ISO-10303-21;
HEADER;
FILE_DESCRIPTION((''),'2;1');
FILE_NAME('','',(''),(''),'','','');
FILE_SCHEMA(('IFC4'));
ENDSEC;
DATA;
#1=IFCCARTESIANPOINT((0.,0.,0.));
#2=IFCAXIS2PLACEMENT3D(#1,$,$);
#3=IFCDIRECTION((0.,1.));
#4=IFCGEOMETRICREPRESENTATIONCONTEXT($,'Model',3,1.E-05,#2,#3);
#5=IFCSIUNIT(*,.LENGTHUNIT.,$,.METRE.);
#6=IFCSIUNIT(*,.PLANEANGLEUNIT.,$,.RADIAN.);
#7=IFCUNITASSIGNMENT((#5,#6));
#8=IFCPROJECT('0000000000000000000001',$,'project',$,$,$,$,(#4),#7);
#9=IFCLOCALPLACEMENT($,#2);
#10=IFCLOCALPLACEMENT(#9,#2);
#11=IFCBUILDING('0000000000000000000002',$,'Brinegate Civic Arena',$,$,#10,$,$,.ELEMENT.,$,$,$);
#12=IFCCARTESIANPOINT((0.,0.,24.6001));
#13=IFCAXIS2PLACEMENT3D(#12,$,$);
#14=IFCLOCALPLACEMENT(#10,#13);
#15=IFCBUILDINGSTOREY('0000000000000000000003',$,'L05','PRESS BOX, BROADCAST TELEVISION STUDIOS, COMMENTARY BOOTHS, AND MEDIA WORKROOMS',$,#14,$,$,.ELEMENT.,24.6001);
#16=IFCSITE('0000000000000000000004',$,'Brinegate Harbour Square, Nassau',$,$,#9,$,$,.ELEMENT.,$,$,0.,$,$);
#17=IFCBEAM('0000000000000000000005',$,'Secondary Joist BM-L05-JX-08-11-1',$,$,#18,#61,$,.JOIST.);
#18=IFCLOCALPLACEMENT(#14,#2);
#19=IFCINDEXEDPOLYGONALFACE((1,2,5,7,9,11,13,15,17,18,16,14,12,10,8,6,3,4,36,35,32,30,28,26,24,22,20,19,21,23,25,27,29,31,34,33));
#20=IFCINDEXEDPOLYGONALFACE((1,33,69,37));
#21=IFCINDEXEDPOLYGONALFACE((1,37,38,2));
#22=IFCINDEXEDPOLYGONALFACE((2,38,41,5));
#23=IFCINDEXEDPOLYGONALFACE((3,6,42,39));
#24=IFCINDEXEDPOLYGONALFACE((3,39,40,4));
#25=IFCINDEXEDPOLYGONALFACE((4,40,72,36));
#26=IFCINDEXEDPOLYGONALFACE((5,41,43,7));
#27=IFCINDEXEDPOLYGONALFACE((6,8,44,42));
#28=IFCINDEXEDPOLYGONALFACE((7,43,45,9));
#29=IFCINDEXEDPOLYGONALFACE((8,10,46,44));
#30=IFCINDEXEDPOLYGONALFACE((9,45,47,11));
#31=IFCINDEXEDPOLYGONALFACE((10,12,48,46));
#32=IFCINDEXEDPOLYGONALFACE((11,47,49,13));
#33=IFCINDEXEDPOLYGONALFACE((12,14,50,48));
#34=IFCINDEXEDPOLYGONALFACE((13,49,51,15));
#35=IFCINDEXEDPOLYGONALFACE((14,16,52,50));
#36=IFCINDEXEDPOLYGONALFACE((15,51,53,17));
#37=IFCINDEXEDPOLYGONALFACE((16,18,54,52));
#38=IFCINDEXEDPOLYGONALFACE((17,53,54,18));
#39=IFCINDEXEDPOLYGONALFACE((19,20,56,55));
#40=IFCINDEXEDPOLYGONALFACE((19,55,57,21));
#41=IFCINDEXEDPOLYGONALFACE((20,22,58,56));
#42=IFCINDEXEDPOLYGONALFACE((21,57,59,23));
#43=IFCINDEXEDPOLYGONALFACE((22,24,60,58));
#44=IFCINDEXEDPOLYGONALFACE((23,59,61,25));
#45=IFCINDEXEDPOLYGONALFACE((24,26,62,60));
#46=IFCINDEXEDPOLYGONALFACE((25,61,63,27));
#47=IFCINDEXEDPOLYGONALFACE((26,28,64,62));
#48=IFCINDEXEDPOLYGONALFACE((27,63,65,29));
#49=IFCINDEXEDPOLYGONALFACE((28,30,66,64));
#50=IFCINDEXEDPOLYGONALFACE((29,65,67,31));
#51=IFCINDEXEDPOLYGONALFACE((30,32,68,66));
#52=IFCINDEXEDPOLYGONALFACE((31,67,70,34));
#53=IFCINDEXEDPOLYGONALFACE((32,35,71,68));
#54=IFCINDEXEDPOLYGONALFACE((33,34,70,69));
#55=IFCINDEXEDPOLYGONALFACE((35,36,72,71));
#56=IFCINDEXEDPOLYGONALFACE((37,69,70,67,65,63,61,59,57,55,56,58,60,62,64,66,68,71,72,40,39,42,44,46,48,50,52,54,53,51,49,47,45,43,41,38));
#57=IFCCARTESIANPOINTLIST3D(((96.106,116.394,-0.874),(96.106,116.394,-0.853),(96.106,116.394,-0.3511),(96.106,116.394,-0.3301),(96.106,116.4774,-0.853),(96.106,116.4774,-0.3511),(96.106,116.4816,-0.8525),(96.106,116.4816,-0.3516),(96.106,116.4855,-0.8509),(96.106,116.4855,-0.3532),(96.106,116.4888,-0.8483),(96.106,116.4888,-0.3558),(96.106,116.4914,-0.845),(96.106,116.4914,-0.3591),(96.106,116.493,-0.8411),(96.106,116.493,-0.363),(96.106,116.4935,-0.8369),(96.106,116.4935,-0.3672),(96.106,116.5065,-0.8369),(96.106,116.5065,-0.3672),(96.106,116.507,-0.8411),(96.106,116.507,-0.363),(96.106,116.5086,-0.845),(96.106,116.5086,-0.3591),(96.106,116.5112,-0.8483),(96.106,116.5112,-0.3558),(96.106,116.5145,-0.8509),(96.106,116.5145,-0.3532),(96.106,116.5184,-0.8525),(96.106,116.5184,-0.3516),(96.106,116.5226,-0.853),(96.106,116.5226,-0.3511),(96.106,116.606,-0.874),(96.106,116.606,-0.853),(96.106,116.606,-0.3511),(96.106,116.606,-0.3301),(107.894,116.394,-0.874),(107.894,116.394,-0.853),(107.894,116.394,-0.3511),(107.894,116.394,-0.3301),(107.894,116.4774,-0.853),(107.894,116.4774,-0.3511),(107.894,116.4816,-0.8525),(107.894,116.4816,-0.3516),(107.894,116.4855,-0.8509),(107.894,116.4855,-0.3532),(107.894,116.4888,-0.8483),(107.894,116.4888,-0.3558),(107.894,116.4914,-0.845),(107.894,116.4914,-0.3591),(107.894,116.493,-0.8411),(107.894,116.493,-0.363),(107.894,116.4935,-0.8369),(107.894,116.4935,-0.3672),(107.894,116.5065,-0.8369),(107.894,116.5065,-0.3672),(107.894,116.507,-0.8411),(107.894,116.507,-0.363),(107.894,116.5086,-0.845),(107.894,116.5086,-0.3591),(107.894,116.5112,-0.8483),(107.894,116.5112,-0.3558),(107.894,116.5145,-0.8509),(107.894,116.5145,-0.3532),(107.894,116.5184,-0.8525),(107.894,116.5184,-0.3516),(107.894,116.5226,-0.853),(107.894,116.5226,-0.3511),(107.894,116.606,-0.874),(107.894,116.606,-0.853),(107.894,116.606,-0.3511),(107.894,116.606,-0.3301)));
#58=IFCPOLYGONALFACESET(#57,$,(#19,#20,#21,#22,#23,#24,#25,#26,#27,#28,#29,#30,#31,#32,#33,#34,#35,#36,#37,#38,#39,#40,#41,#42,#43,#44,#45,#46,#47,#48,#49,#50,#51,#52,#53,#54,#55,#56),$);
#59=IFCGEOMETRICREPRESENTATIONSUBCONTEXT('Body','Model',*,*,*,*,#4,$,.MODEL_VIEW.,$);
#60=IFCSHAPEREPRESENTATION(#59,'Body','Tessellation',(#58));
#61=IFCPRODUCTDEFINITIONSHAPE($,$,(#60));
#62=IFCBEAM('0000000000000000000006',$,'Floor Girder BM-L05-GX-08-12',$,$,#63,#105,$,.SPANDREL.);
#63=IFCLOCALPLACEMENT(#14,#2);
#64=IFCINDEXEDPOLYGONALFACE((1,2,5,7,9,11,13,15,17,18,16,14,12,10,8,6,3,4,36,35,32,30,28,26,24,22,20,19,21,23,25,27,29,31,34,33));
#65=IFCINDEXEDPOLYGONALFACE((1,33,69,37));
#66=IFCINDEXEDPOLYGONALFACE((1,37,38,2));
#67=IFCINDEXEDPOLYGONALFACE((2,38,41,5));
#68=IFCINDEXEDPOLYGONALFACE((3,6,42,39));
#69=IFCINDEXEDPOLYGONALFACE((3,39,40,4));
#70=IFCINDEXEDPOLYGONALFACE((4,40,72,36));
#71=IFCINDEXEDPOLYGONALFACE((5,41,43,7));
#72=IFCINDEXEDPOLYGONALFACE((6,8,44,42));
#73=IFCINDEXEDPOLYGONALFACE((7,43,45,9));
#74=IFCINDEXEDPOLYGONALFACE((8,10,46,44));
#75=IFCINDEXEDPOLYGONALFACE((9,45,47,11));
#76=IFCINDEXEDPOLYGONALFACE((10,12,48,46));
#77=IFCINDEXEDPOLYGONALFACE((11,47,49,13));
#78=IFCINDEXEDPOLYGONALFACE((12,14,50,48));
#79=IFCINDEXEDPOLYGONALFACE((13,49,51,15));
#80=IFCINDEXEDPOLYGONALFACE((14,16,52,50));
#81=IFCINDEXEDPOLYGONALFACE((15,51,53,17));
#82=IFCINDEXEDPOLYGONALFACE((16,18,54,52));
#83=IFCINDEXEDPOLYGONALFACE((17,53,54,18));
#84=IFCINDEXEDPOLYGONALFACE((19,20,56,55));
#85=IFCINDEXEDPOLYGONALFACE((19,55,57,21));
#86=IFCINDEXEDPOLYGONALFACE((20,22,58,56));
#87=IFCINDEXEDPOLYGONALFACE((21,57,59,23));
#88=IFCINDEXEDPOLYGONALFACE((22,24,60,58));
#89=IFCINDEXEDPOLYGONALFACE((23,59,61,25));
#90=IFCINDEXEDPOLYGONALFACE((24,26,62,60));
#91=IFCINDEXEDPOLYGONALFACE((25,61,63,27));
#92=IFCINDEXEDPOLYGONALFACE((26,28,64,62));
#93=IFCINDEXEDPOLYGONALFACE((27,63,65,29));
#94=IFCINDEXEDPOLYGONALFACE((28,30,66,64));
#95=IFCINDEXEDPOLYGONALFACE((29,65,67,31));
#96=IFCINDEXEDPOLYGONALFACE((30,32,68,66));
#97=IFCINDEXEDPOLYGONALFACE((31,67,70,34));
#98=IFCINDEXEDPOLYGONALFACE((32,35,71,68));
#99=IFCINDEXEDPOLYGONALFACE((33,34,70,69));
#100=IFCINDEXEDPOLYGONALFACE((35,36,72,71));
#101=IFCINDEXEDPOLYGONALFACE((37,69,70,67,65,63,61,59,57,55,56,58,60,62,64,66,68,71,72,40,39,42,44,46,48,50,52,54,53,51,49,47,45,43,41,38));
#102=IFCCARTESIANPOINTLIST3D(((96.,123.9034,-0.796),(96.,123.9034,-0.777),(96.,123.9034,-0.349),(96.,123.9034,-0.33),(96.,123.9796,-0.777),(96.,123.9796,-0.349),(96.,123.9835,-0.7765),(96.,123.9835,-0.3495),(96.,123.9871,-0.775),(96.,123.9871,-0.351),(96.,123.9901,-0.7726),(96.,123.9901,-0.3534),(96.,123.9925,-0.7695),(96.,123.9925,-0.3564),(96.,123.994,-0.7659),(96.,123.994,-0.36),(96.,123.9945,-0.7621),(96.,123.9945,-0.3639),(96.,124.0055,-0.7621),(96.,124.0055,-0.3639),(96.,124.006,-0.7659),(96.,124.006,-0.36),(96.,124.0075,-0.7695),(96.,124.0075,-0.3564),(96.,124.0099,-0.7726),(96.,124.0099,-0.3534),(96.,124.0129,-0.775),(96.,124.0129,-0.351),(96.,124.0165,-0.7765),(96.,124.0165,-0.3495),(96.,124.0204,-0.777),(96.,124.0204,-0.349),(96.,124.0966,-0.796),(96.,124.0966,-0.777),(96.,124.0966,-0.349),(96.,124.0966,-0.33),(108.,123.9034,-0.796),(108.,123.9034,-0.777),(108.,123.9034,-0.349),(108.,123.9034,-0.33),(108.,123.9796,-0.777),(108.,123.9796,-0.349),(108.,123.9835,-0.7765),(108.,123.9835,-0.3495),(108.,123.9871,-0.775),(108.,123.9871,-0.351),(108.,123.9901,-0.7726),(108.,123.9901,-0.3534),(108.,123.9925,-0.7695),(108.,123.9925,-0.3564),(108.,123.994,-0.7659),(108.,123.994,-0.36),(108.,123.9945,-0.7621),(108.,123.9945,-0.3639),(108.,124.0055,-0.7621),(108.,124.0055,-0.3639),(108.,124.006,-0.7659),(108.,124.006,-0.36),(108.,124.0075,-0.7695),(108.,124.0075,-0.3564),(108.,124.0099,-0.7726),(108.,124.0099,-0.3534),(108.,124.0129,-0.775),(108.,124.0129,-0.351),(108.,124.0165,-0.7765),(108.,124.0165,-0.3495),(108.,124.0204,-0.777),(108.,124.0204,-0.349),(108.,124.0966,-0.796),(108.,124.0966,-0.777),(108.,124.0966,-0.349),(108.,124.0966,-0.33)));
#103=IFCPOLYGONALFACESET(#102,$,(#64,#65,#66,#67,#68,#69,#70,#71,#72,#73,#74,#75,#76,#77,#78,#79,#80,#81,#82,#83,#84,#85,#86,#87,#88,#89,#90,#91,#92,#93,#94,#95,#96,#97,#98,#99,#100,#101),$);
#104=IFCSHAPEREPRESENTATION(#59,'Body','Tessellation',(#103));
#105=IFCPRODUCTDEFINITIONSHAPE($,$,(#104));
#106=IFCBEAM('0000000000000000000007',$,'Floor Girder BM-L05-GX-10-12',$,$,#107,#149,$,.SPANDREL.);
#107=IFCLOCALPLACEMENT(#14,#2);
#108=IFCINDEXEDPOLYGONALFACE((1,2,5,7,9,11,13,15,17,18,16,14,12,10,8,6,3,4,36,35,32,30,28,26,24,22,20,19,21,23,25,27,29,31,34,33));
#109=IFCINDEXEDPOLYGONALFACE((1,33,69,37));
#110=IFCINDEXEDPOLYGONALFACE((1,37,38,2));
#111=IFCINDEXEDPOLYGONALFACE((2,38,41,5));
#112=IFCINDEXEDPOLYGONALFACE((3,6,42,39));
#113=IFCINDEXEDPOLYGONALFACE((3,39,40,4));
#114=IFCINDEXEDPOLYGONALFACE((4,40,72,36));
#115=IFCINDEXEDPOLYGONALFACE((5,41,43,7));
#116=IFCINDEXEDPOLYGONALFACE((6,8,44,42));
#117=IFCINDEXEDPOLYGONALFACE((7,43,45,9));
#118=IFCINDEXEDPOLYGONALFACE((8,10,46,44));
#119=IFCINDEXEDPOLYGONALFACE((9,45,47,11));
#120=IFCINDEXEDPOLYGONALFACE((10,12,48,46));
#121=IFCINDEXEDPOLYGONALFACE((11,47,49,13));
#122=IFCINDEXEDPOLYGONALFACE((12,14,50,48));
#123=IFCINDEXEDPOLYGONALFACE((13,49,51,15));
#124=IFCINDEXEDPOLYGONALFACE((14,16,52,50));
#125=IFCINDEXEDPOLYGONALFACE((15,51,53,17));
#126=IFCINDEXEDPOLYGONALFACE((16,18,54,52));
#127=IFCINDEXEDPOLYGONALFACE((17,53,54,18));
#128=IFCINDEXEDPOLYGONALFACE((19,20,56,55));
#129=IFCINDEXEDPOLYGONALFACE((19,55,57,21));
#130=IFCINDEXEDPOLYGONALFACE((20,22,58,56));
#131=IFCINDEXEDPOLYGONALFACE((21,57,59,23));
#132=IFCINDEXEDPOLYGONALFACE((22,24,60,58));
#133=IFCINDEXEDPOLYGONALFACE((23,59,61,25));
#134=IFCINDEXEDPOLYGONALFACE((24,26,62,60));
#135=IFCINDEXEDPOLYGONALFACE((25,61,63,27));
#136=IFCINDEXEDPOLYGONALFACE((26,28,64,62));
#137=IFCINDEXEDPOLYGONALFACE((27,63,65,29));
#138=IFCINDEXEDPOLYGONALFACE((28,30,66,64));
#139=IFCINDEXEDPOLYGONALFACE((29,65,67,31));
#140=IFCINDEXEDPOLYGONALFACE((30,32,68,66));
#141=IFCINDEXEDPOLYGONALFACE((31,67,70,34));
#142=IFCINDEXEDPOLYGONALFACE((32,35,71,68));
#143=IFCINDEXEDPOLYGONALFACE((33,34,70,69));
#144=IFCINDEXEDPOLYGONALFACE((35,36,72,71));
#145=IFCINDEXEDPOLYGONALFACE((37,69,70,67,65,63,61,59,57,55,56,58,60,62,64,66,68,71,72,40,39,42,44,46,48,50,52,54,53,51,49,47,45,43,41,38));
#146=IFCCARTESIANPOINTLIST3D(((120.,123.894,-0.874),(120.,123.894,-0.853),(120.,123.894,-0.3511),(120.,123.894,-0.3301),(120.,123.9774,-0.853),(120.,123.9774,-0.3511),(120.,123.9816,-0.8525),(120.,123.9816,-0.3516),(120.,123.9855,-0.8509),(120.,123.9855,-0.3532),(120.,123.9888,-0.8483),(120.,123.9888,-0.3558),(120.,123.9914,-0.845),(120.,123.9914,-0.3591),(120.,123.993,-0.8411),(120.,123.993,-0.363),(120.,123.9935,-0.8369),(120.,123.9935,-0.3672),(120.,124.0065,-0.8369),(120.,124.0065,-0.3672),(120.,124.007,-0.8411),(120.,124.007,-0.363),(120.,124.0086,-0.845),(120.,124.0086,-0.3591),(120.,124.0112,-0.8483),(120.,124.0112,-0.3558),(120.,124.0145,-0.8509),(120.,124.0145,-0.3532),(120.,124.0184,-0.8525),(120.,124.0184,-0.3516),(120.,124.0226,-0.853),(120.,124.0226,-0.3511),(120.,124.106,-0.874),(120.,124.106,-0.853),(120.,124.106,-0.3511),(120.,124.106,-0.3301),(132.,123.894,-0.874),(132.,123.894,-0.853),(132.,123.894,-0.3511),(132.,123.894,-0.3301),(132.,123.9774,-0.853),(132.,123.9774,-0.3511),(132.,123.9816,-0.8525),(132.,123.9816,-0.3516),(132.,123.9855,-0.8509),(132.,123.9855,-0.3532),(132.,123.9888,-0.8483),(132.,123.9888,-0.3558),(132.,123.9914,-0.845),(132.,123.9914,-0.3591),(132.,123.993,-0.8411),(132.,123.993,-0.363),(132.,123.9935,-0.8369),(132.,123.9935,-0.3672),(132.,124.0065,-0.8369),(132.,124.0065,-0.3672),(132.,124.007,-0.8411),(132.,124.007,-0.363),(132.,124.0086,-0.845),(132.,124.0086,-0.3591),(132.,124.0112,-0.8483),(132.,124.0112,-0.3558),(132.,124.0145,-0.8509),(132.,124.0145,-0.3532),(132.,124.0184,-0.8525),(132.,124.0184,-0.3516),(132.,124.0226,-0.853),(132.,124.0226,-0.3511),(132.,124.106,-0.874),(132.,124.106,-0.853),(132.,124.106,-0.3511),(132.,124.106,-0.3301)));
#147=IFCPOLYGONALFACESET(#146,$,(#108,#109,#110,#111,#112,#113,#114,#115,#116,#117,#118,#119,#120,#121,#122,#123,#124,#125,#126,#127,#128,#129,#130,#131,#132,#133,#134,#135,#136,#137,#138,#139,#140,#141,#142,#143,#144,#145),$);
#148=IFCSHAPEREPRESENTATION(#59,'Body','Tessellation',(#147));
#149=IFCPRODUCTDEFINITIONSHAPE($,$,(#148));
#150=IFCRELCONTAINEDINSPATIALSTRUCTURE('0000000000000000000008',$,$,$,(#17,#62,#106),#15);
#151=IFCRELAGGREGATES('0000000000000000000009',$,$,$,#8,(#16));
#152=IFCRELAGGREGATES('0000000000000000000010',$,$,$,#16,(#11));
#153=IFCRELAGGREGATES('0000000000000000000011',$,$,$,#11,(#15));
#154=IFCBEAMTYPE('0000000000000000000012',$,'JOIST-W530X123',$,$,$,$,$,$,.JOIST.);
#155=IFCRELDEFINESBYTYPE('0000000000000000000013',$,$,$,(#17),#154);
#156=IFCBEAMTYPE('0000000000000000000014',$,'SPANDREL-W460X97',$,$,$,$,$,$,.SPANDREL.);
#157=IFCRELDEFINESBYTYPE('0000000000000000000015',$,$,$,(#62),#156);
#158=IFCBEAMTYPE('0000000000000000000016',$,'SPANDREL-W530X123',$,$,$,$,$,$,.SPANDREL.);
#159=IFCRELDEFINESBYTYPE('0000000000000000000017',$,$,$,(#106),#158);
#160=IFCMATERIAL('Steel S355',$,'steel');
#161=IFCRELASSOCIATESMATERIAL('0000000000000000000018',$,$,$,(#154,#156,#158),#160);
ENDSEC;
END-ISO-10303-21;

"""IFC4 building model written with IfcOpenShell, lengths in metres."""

from ifc_helpers import new_model, si_unit, direction, frame, origin, origin_2d, place, context, subcontext, project, spatial, i_section, extrude, material, material_profile, profile_set, type_object, element, save


model = new_model("IFC4")

# Units and contexts
model_context = context("Model", 3, precision=1e-05, world=origin(), true_north=direction((0.0, 1.0)))
body_context = subcontext(model_context, "Body", "Model", "MODEL_VIEW")
ifc_project = project(units=[si_unit("LENGTHUNIT", "METRE"), si_unit("PLANEANGLEUNIT", "RADIAN")], contexts=[model_context])

# Site, building, storey
site_placement = place(None, origin())
site = spatial("IfcSite", under=ifc_project, at=site_placement, Name="Brinegate Harbour Square, Nassau", CompositionType="ELEMENT", RefElevation=0.0)
building_placement = place(site_placement, origin())
building = spatial("IfcBuilding", under=site, at=building_placement, Name="Brinegate Civic Arena", CompositionType="ELEMENT")
storey_placement = place(building_placement, frame((0.0, 0.0, 24.6001)))
storey = spatial("IfcBuildingStorey", under=building, at=storey_placement, Name="L05", Description="PRESS BOX, BROADCAST TELEVISION STUDIOS, COMMENTARY BOOTHS, AND MEDIA WORKROOMS", CompositionType="ELEMENT", Elevation=24.6001)

# Shared definitions
ifc_material_1 = material(Name="Steel S355", Category="steel")

# Beams
ifc_material_profile_1 = material_profile(ifc_material_1, i_section(OverallWidth=0.2119, OverallDepth=0.5439, WebThickness=0.0129, FlangeThickness=0.021, FilletRadius=0.0161, at=origin_2d()), Name="W530X123")
ifc_profile_set_1 = profile_set([ifc_material_profile_1], Name="Steel S355")
beam_type_1 = type_object("IfcBeamType", Name="JOIST-W530X123", PredefinedType="JOIST", material=ifc_profile_set_1)
beam_1_placement = place(storey_placement, frame((96.106, 116.5, -0.6021), z_axis=(1.0, 0.0, 0.0), x_axis=(0.0, 1.0, 0.0)))
element("IfcBeam", 1, at=beam_1_placement, inside=storey, type_object=beam_type_1, Name="Secondary Joist BM-L05-JX-08-11-1", PredefinedType="JOIST", context=body_context, shape_type="SweptSolid", body=[
    extrude(i_section(OverallWidth=0.2119, OverallDepth=0.5439, WebThickness=0.0129, FlangeThickness=0.021, FilletRadius=0.0161, at=origin_2d()), origin(), (0.0, 0.0, 1.0), 11.7881),
])
ifc_material_profile_2 = material_profile(ifc_material_1, i_section(OverallWidth=0.1931, OverallDepth=0.4661, WebThickness=0.011, FlangeThickness=0.019, FilletRadius=0.0149, at=origin_2d()), Name="W460X97")
ifc_profile_set_2 = profile_set([ifc_material_profile_2], Name="Steel S355")
beam_type_2 = type_object("IfcBeamType", Name="SPANDREL-W460X97", PredefinedType="SPANDREL", material=ifc_profile_set_2)
beam_2_placement = place(storey_placement, frame((96.0, 124.0, -0.563), z_axis=(1.0, 0.0, 0.0), x_axis=(0.0, 1.0, 0.0)))
element("IfcBeam", 2, at=beam_2_placement, inside=storey, type_object=beam_type_2, Name="Floor Girder BM-L05-GX-08-12", PredefinedType="SPANDREL", context=body_context, shape_type="SweptSolid", body=[
    extrude(i_section(OverallWidth=0.1931, OverallDepth=0.4661, WebThickness=0.011, FlangeThickness=0.019, FilletRadius=0.0149, at=origin_2d()), origin(), (0.0, 0.0, 1.0), 12.0),
])
ifc_material_profile_3 = material_profile(ifc_material_1, i_section(OverallWidth=0.2119, OverallDepth=0.5439, WebThickness=0.0129, FlangeThickness=0.021, FilletRadius=0.0161, at=origin_2d()), Name="W530X123")
ifc_profile_set_3 = profile_set([ifc_material_profile_3], Name="Steel S355")
beam_type_3 = type_object("IfcBeamType", Name="SPANDREL-W530X123", PredefinedType="SPANDREL", material=ifc_profile_set_3)
beam_3_placement = place(storey_placement, frame((120.0, 124.0, -0.6021), z_axis=(1.0, 0.0, 0.0), x_axis=(0.0, 1.0, 0.0)))
element("IfcBeam", 3, at=beam_3_placement, inside=storey, type_object=beam_type_3, Name="Floor Girder BM-L05-GX-10-12", PredefinedType="SPANDREL", context=body_context, shape_type="SweptSolid", body=[
    extrude(i_section(OverallWidth=0.2119, OverallDepth=0.5439, WebThickness=0.0129, FlangeThickness=0.021, FilletRadius=0.0161, at=origin_2d()), origin(), (0.0, 0.0, 1.0), 12.0),
])

save(model, "model.ifc")
